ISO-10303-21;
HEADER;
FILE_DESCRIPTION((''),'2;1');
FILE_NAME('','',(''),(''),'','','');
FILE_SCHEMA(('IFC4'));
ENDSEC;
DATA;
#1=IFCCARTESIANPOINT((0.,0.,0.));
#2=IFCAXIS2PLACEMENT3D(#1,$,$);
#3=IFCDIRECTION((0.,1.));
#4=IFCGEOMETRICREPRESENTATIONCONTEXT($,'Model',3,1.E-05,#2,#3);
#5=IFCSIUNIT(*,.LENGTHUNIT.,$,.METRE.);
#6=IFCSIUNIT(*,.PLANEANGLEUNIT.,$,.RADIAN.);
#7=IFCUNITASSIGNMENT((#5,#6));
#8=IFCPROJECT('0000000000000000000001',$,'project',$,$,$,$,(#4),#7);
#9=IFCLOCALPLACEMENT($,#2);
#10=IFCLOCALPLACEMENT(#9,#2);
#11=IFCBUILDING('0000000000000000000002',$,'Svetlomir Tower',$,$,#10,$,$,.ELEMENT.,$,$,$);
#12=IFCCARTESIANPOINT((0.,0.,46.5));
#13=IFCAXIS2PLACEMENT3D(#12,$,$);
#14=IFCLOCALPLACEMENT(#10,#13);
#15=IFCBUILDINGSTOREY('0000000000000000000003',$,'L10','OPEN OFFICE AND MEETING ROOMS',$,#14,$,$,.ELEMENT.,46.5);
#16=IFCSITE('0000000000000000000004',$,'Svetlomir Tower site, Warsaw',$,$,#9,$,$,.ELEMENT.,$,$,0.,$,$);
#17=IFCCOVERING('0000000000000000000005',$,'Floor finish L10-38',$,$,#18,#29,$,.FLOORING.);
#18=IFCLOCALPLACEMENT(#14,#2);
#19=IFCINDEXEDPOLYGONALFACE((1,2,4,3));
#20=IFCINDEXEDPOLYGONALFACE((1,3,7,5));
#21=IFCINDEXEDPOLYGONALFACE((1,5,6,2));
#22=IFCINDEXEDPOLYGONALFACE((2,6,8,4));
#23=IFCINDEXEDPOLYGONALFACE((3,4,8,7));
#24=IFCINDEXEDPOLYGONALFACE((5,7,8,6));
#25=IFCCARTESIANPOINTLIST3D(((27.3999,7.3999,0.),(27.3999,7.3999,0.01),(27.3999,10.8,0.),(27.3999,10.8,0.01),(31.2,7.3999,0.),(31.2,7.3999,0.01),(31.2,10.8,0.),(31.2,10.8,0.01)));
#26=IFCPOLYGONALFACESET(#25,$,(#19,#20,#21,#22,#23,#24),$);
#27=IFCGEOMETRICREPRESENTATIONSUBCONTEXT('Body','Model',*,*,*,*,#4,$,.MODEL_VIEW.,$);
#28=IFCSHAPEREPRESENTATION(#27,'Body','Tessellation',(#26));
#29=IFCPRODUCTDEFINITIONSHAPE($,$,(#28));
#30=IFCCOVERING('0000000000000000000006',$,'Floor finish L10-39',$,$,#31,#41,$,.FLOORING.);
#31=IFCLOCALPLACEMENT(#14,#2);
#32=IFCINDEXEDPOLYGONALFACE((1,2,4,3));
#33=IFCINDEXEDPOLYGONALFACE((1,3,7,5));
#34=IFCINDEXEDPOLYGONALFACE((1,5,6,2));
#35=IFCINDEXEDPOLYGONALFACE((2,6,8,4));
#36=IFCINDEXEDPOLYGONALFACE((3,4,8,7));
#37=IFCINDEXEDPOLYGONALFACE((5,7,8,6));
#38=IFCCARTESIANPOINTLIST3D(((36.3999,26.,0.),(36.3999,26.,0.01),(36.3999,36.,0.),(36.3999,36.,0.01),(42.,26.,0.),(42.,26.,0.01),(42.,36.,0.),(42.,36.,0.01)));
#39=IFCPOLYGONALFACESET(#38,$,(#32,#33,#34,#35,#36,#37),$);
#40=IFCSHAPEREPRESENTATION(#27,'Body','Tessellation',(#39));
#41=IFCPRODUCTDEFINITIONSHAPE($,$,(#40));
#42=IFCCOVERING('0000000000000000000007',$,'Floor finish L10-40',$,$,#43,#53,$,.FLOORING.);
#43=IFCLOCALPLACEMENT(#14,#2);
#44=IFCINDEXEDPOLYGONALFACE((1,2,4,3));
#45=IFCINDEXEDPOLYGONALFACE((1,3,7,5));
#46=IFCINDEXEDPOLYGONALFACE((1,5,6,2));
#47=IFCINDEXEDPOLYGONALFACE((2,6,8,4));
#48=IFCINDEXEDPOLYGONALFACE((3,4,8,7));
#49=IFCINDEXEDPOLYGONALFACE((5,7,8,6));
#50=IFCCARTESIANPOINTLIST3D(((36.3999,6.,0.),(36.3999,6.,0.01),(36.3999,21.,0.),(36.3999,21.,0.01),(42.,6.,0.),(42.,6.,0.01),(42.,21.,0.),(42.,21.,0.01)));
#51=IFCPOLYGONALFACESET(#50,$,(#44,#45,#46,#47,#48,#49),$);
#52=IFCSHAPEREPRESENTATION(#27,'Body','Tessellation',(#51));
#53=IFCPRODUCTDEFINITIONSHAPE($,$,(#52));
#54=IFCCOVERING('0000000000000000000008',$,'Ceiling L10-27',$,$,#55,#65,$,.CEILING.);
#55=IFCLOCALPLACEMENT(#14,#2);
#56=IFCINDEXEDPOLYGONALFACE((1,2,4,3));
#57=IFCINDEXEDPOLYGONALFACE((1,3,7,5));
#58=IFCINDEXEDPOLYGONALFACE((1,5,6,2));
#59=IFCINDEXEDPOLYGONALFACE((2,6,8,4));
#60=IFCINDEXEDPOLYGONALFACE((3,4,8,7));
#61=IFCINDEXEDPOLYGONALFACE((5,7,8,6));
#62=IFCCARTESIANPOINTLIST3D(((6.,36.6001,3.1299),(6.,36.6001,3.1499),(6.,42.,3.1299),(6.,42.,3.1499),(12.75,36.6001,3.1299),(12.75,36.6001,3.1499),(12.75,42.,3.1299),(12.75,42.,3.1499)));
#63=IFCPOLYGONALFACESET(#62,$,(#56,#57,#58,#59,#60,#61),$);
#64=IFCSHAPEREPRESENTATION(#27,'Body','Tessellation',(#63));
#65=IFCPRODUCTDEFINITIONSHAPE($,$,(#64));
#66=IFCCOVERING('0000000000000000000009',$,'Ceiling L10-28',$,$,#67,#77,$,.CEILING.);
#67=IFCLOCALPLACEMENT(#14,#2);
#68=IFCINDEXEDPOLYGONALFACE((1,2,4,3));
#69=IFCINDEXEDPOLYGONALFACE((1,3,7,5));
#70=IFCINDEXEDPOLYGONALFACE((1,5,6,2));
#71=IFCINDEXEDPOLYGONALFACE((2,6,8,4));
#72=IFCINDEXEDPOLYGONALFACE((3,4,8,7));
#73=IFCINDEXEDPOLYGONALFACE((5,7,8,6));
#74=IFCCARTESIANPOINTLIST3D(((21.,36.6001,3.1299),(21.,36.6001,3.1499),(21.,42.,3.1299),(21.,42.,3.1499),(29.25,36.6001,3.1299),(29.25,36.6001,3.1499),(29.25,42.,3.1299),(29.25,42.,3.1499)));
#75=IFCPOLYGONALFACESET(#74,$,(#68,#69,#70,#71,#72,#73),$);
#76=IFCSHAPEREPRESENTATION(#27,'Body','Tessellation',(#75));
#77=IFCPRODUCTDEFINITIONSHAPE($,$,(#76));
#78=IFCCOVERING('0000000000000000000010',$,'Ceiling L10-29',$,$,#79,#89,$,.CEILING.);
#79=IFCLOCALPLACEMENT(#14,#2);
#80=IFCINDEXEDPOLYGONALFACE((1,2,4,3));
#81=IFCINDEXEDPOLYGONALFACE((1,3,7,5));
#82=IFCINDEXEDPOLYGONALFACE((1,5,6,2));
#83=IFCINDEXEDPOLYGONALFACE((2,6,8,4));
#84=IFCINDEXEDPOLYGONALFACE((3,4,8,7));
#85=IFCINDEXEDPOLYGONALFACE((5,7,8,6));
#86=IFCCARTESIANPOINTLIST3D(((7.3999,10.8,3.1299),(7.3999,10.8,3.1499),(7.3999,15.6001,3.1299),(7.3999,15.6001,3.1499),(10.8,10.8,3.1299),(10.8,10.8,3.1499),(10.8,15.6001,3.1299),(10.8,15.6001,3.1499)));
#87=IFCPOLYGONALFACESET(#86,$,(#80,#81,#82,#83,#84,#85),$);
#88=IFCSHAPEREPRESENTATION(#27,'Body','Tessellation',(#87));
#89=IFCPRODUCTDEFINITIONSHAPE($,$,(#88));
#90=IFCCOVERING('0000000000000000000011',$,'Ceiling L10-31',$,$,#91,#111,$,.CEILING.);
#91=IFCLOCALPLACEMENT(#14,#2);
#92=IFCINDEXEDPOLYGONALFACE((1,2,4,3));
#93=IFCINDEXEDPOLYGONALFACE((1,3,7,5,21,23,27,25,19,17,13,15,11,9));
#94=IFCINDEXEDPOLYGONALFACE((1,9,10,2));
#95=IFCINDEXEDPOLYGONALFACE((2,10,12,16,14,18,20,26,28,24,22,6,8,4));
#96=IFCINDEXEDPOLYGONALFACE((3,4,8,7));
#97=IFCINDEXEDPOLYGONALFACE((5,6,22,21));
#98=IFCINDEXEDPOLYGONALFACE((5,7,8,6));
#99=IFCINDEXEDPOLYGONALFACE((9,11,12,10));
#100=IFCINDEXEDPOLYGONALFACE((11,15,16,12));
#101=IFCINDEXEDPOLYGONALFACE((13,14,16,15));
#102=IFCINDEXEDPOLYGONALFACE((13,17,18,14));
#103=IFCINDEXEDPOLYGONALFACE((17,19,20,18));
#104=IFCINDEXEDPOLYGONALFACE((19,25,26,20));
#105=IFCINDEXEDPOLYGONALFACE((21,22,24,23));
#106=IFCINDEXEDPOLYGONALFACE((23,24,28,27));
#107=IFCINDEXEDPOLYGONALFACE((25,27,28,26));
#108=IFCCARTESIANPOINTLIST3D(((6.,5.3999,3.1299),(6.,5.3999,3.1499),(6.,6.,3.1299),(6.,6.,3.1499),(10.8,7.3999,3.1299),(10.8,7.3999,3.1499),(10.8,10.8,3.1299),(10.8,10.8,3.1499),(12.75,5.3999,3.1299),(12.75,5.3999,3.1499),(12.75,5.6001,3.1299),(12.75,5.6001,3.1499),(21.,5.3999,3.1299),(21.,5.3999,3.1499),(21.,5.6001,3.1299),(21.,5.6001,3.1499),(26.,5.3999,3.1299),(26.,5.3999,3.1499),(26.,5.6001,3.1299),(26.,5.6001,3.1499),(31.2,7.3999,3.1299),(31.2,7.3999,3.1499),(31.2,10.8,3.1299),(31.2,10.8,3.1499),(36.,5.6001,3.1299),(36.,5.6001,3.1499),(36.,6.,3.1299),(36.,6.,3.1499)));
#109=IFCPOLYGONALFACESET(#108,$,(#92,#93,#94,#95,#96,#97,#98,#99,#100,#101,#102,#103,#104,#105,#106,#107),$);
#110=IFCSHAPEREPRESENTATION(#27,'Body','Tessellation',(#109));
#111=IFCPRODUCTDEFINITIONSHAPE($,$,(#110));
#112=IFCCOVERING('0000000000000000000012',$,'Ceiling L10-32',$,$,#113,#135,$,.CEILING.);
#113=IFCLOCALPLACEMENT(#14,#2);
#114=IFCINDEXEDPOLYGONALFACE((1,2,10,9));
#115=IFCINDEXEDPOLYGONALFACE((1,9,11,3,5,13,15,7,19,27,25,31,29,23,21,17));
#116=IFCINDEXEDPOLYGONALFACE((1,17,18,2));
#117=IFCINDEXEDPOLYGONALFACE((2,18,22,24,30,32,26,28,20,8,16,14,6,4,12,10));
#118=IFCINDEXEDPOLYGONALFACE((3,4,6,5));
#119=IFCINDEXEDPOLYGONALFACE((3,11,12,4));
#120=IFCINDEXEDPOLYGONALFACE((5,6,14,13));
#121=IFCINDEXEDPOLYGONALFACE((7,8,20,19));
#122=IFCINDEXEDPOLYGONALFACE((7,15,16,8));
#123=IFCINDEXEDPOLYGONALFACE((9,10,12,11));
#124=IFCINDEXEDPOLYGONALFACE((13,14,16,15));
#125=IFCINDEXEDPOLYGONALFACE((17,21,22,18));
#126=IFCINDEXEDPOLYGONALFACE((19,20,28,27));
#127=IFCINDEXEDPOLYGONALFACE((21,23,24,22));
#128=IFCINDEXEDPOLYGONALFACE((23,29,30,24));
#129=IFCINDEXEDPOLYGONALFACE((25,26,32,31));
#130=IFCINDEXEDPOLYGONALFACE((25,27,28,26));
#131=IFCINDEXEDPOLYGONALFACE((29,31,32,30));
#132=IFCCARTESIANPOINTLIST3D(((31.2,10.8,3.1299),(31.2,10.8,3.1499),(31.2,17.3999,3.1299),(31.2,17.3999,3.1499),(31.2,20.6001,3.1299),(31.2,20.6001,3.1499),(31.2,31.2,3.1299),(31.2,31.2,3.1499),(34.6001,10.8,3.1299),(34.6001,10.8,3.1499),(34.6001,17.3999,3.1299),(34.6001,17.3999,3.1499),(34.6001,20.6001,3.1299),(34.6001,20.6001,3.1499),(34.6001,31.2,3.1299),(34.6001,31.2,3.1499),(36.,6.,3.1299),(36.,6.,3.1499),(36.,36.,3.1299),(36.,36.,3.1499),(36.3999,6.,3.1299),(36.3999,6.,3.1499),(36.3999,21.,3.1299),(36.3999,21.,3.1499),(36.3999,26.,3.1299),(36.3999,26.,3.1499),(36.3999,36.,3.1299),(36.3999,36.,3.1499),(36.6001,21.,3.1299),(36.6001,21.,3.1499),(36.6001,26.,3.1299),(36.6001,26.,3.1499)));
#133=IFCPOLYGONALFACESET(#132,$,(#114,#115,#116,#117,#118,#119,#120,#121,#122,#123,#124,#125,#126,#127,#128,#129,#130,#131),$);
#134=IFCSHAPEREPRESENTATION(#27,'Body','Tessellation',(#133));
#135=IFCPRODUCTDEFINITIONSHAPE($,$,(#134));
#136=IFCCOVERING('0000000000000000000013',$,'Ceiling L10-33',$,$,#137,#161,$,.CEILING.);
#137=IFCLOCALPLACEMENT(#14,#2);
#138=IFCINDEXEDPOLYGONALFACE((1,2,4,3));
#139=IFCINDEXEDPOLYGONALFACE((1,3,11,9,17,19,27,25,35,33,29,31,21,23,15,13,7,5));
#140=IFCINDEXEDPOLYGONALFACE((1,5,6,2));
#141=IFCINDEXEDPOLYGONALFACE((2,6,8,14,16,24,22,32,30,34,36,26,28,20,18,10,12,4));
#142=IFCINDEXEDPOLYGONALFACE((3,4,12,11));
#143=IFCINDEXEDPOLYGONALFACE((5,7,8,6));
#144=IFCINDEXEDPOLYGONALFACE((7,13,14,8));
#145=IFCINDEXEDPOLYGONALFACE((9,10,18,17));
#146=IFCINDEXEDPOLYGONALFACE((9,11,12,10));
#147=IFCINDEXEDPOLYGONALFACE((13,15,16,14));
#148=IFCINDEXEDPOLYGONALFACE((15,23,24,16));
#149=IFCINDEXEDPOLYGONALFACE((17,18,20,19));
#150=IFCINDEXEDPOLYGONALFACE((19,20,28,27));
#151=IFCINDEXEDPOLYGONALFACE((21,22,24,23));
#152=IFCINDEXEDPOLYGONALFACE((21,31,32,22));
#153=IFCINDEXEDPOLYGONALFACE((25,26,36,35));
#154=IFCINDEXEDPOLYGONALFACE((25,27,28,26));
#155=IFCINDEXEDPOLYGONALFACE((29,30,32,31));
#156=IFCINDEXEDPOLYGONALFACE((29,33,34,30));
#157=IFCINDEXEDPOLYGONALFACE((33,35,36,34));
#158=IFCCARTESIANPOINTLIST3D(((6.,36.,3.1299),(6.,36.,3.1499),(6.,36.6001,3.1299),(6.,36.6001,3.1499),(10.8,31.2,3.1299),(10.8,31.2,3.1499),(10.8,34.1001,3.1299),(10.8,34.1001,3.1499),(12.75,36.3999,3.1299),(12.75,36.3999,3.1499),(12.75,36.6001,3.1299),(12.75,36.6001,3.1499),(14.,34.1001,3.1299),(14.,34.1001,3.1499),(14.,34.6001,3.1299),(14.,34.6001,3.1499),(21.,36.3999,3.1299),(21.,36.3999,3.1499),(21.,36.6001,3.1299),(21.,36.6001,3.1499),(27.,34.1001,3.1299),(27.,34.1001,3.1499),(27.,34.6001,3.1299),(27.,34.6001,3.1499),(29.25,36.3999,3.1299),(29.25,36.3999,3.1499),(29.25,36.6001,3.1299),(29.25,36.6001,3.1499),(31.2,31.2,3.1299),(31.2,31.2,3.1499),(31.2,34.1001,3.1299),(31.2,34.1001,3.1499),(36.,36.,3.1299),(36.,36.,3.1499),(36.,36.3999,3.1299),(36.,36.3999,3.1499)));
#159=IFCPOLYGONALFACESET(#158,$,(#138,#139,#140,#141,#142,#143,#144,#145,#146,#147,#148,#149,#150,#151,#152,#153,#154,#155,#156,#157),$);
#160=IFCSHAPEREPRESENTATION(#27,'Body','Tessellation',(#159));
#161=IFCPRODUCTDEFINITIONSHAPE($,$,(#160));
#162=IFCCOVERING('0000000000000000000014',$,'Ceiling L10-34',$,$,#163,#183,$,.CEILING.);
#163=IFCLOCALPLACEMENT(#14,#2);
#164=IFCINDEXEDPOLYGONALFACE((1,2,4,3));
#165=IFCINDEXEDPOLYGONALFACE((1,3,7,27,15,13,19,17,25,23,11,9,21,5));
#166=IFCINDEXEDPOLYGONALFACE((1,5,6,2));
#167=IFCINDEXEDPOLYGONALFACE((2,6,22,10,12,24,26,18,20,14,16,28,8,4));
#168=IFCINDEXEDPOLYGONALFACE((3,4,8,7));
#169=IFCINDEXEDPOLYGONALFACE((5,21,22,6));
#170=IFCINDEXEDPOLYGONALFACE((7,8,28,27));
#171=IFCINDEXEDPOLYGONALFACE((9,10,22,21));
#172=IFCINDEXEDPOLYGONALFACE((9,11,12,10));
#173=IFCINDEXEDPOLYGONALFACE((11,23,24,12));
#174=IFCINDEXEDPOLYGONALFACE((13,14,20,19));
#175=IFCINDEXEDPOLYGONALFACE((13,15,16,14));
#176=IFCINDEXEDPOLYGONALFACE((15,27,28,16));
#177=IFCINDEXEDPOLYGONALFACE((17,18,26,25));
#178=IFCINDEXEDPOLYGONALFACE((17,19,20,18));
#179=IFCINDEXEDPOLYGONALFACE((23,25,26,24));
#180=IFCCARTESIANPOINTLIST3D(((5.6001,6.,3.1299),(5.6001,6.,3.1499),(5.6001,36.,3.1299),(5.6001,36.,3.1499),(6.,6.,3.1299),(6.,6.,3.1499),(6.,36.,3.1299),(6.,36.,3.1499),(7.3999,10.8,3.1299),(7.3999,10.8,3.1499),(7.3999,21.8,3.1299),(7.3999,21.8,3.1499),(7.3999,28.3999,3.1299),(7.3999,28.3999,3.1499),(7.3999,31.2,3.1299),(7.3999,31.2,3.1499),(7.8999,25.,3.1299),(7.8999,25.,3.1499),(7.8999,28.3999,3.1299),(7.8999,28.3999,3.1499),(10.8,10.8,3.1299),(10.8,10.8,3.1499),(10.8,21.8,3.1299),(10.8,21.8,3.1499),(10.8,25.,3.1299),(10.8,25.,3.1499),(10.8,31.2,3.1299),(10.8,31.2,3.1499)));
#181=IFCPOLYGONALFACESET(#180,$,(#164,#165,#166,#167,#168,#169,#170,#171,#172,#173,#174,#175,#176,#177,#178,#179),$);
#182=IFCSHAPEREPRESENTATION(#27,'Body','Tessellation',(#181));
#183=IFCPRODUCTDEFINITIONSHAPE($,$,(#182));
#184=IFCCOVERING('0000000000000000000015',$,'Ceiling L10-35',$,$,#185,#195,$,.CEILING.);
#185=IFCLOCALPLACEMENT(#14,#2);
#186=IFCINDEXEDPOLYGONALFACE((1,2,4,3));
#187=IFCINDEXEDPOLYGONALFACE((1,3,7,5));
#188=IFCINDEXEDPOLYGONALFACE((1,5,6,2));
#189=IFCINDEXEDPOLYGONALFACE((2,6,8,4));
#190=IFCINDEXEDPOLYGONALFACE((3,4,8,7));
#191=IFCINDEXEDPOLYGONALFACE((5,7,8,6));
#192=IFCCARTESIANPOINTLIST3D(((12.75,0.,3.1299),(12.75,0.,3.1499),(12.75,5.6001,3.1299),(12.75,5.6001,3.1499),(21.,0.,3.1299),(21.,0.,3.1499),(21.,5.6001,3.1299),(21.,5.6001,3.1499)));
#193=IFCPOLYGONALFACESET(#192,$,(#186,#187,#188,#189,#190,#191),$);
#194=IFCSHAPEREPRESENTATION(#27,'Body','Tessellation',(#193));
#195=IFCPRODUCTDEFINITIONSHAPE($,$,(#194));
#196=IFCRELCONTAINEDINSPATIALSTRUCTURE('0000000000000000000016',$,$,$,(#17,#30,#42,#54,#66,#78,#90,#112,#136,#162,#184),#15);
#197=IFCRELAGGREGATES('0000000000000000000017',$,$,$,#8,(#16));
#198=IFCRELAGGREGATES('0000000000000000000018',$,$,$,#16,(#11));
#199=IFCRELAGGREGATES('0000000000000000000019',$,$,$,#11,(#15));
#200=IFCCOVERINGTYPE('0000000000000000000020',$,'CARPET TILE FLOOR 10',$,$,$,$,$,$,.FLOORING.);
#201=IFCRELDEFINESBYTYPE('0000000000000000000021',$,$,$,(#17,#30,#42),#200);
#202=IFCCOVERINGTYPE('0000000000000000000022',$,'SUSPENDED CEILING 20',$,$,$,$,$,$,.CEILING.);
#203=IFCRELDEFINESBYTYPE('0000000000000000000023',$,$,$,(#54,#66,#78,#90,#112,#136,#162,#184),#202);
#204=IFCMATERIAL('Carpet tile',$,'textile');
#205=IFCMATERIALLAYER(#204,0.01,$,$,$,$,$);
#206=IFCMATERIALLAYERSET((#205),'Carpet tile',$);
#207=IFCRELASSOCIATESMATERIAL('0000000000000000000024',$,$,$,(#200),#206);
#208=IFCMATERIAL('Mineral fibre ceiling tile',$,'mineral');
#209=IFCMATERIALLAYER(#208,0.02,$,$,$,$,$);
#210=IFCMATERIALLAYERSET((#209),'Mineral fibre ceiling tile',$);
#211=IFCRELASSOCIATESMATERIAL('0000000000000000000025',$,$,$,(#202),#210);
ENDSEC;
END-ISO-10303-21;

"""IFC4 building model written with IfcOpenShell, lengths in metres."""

from ifc_helpers import new_model, si_unit, direction, frame, origin, place, context, subcontext, project, spatial, polyline, outline, extrude, material, layer, layer_set, type_object, element, save


model = new_model("IFC4")

# Units and contexts
model_context = context("Model", 3, precision=1e-05, world=origin(), true_north=direction((0.0, 1.0)))
body_context = subcontext(model_context, "Body", "Model", "MODEL_VIEW")
ifc_project = project(units=[si_unit("LENGTHUNIT", "METRE"), si_unit("PLANEANGLEUNIT", "RADIAN")], contexts=[model_context])

# Site, building, storey
site_placement = place(None, origin())
site = spatial("IfcSite", under=ifc_project, at=site_placement, Name="Svetlomir Tower site, Warsaw", CompositionType="ELEMENT", RefElevation=0.0)
building_placement = place(site_placement, origin())
building = spatial("IfcBuilding", under=site, at=building_placement, Name="Svetlomir Tower", CompositionType="ELEMENT")
storey_placement = place(building_placement, frame((0.0, 0.0, 46.5)))
storey = spatial("IfcBuildingStorey", under=building, at=storey_placement, Name="L10", Description="OPEN OFFICE AND MEETING ROOMS", CompositionType="ELEMENT", Elevation=46.5)

# Coverings
ifc_material_1 = material(Name="Carpet tile", Category="textile")
ifc_layer_1 = layer(ifc_material_1, 0.01)
ifc_layer_set_1 = layer_set([ifc_layer_1], Name="Carpet tile")
covering_type_1 = type_object("IfcCoveringType", Name="CARPET TILE FLOOR 10", PredefinedType="FLOORING", material=ifc_layer_set_1)
covering_1_placement = place(storey_placement, origin())
element("IfcCovering", 1, at=covering_1_placement, inside=storey, type_object=covering_type_1, Name="Floor finish L10-38", PredefinedType="FLOORING", context=body_context, shape_type="SweptSolid", body=[
    extrude(outline(polyline([(31.2, 10.8), (31.2, 7.3999), (27.3999, 7.3999), (27.3999, 10.8), (31.2, 10.8)])), origin(), (0.0, 0.0, 1.0), 0.01),
])
covering_2_placement = place(storey_placement, origin())
element("IfcCovering", 2, at=covering_2_placement, inside=storey, type_object=covering_type_1, Name="Floor finish L10-39", PredefinedType="FLOORING", context=body_context, shape_type="SweptSolid", body=[
    extrude(outline(polyline([(42.0, 26.0), (36.3999, 26.0), (36.3999, 36.0), (42.0, 36.0), (42.0, 26.0)])), origin(), (0.0, 0.0, 1.0), 0.01),
])
covering_3_placement = place(storey_placement, origin())
element("IfcCovering", 3, at=covering_3_placement, inside=storey, type_object=covering_type_1, Name="Floor finish L10-40", PredefinedType="FLOORING", context=body_context, shape_type="SweptSolid", body=[
    extrude(outline(polyline([(42.0, 6.0), (36.3999, 6.0), (36.3999, 21.0), (42.0, 21.0), (42.0, 6.0)])), origin(), (0.0, 0.0, 1.0), 0.01),
])
ifc_material_2 = material(Name="Mineral fibre ceiling tile", Category="mineral")
ifc_layer_2 = layer(ifc_material_2, 0.02)
ifc_layer_set_2 = layer_set([ifc_layer_2], Name="Mineral fibre ceiling tile")
covering_type_2 = type_object("IfcCoveringType", Name="SUSPENDED CEILING 20", PredefinedType="CEILING", material=ifc_layer_set_2)
covering_4_placement = place(storey_placement, frame((0.0, 0.0, 3.1299)))
element("IfcCovering", 4, at=covering_4_placement, inside=storey, type_object=covering_type_2, Name="Ceiling L10-27", PredefinedType="CEILING", context=body_context, shape_type="SweptSolid", body=[
    extrude(outline(polyline([(6.0, 36.6001), (12.75, 36.6001), (12.75, 42.0), (6.0, 42.0), (6.0, 36.6001)])), origin(), (0.0, 0.0, 1.0), 0.02),
])
covering_5_placement = place(storey_placement, frame((0.0, 0.0, 3.1299)))
element("IfcCovering", 5, at=covering_5_placement, inside=storey, type_object=covering_type_2, Name="Ceiling L10-28", PredefinedType="CEILING", context=body_context, shape_type="SweptSolid", body=[
    extrude(outline(polyline([(21.0, 36.6001), (29.25, 36.6001), (29.25, 42.0), (21.0, 42.0), (21.0, 36.6001)])), origin(), (0.0, 0.0, 1.0), 0.02),
])
covering_6_placement = place(storey_placement, frame((0.0, 0.0, 3.1299)))
element("IfcCovering", 6, at=covering_6_placement, inside=storey, type_object=covering_type_2, Name="Ceiling L10-29", PredefinedType="CEILING", context=body_context, shape_type="SweptSolid", body=[
    extrude(outline(polyline([(7.3999, 10.8), (10.8, 10.8), (10.8, 15.6001), (7.3999, 15.6001), (7.3999, 10.8)])), origin(), (0.0, 0.0, 1.0), 0.02),
])
covering_7_placement = place(storey_placement, frame((0.0, 0.0, 3.1299)))
element("IfcCovering", 7, at=covering_7_placement, inside=storey, type_object=covering_type_2, Name="Ceiling L10-31", PredefinedType="CEILING", context=body_context, shape_type="SweptSolid", body=[
    extrude(outline(polyline([(6.0, 6.0), (10.8, 10.8), (10.8, 7.3999), (31.2, 7.3999), (31.2, 10.8), (36.0, 6.0), (36.0, 5.6001), (26.0, 5.6001), (26.0, 5.3999), (21.0, 5.3999), (21.0, 5.6001), (12.75, 5.6001), (12.75, 5.3999), (6.0, 5.3999), (6.0, 6.0)])), origin(), (0.0, 0.0, 1.0), 0.02),
])
covering_8_placement = place(storey_placement, frame((0.0, 0.0, 3.1299)))
element("IfcCovering", 8, at=covering_8_placement, inside=storey, type_object=covering_type_2, Name="Ceiling L10-32", PredefinedType="CEILING", context=body_context, shape_type="SweptSolid", body=[
    extrude(outline(polyline([(31.2, 10.8), (34.6001, 10.8), (34.6001, 17.3999), (31.2, 17.3999), (31.2, 20.6001), (34.6001, 20.6001), (34.6001, 31.2), (31.2, 31.2), (36.0, 36.0), (36.3999, 36.0), (36.3999, 26.0), (36.6001, 26.0), (36.6001, 21.0), (36.3999, 21.0), (36.3999, 6.0), (36.0, 6.0), (31.2, 10.8)])), origin(), (0.0, 0.0, 1.0), 0.02),
])
covering_9_placement = place(storey_placement, frame((0.0, 0.0, 3.1299)))
element("IfcCovering", 9, at=covering_9_placement, inside=storey, type_object=covering_type_2, Name="Ceiling L10-33", PredefinedType="CEILING", context=body_context, shape_type="SweptSolid", body=[
    extrude(outline(polyline([(6.0, 36.6001), (12.75, 36.6001), (12.75, 36.3999), (21.0, 36.3999), (21.0, 36.6001), (29.25, 36.6001), (29.25, 36.3999), (36.0, 36.3999), (36.0, 36.0), (31.2, 31.2), (31.2, 34.1001), (27.0, 34.1001), (27.0, 34.6001), (14.0, 34.6001), (14.0, 34.1001), (10.8, 34.1001), (10.8, 31.2), (6.0, 36.0), (6.0, 36.6001)])), origin(), (0.0, 0.0, 1.0), 0.02),
])
covering_10_placement = place(storey_placement, frame((0.0, 0.0, 3.1299)))
element("IfcCovering", 10, at=covering_10_placement, inside=storey, type_object=covering_type_2, Name="Ceiling L10-34", PredefinedType="CEILING", context=body_context, shape_type="SweptSolid", body=[
    extrude(outline(polyline([(5.6001, 6.0), (5.6001, 36.0), (6.0, 36.0), (10.8, 31.2), (7.3999, 31.2), (7.3999, 28.3999), (7.8999, 28.3999), (7.8999, 25.0), (10.8, 25.0), (10.8, 21.8), (7.3999, 21.8), (7.3999, 10.8), (10.8, 10.8), (6.0, 6.0), (5.6001, 6.0)])), origin(), (0.0, 0.0, 1.0), 0.02),
])
covering_11_placement = place(storey_placement, frame((0.0, 0.0, 3.1299)))
element("IfcCovering", 11, at=covering_11_placement, inside=storey, type_object=covering_type_2, Name="Ceiling L10-35", PredefinedType="CEILING", context=body_context, shape_type="SweptSolid", body=[
    extrude(outline(polyline([(12.75, 5.6001), (21.0, 5.6001), (21.0, 0.0), (12.75, 0.0), (12.75, 5.6001)])), origin(), (0.0, 0.0, 1.0), 0.02),
])

save(model, "model.ifc")
